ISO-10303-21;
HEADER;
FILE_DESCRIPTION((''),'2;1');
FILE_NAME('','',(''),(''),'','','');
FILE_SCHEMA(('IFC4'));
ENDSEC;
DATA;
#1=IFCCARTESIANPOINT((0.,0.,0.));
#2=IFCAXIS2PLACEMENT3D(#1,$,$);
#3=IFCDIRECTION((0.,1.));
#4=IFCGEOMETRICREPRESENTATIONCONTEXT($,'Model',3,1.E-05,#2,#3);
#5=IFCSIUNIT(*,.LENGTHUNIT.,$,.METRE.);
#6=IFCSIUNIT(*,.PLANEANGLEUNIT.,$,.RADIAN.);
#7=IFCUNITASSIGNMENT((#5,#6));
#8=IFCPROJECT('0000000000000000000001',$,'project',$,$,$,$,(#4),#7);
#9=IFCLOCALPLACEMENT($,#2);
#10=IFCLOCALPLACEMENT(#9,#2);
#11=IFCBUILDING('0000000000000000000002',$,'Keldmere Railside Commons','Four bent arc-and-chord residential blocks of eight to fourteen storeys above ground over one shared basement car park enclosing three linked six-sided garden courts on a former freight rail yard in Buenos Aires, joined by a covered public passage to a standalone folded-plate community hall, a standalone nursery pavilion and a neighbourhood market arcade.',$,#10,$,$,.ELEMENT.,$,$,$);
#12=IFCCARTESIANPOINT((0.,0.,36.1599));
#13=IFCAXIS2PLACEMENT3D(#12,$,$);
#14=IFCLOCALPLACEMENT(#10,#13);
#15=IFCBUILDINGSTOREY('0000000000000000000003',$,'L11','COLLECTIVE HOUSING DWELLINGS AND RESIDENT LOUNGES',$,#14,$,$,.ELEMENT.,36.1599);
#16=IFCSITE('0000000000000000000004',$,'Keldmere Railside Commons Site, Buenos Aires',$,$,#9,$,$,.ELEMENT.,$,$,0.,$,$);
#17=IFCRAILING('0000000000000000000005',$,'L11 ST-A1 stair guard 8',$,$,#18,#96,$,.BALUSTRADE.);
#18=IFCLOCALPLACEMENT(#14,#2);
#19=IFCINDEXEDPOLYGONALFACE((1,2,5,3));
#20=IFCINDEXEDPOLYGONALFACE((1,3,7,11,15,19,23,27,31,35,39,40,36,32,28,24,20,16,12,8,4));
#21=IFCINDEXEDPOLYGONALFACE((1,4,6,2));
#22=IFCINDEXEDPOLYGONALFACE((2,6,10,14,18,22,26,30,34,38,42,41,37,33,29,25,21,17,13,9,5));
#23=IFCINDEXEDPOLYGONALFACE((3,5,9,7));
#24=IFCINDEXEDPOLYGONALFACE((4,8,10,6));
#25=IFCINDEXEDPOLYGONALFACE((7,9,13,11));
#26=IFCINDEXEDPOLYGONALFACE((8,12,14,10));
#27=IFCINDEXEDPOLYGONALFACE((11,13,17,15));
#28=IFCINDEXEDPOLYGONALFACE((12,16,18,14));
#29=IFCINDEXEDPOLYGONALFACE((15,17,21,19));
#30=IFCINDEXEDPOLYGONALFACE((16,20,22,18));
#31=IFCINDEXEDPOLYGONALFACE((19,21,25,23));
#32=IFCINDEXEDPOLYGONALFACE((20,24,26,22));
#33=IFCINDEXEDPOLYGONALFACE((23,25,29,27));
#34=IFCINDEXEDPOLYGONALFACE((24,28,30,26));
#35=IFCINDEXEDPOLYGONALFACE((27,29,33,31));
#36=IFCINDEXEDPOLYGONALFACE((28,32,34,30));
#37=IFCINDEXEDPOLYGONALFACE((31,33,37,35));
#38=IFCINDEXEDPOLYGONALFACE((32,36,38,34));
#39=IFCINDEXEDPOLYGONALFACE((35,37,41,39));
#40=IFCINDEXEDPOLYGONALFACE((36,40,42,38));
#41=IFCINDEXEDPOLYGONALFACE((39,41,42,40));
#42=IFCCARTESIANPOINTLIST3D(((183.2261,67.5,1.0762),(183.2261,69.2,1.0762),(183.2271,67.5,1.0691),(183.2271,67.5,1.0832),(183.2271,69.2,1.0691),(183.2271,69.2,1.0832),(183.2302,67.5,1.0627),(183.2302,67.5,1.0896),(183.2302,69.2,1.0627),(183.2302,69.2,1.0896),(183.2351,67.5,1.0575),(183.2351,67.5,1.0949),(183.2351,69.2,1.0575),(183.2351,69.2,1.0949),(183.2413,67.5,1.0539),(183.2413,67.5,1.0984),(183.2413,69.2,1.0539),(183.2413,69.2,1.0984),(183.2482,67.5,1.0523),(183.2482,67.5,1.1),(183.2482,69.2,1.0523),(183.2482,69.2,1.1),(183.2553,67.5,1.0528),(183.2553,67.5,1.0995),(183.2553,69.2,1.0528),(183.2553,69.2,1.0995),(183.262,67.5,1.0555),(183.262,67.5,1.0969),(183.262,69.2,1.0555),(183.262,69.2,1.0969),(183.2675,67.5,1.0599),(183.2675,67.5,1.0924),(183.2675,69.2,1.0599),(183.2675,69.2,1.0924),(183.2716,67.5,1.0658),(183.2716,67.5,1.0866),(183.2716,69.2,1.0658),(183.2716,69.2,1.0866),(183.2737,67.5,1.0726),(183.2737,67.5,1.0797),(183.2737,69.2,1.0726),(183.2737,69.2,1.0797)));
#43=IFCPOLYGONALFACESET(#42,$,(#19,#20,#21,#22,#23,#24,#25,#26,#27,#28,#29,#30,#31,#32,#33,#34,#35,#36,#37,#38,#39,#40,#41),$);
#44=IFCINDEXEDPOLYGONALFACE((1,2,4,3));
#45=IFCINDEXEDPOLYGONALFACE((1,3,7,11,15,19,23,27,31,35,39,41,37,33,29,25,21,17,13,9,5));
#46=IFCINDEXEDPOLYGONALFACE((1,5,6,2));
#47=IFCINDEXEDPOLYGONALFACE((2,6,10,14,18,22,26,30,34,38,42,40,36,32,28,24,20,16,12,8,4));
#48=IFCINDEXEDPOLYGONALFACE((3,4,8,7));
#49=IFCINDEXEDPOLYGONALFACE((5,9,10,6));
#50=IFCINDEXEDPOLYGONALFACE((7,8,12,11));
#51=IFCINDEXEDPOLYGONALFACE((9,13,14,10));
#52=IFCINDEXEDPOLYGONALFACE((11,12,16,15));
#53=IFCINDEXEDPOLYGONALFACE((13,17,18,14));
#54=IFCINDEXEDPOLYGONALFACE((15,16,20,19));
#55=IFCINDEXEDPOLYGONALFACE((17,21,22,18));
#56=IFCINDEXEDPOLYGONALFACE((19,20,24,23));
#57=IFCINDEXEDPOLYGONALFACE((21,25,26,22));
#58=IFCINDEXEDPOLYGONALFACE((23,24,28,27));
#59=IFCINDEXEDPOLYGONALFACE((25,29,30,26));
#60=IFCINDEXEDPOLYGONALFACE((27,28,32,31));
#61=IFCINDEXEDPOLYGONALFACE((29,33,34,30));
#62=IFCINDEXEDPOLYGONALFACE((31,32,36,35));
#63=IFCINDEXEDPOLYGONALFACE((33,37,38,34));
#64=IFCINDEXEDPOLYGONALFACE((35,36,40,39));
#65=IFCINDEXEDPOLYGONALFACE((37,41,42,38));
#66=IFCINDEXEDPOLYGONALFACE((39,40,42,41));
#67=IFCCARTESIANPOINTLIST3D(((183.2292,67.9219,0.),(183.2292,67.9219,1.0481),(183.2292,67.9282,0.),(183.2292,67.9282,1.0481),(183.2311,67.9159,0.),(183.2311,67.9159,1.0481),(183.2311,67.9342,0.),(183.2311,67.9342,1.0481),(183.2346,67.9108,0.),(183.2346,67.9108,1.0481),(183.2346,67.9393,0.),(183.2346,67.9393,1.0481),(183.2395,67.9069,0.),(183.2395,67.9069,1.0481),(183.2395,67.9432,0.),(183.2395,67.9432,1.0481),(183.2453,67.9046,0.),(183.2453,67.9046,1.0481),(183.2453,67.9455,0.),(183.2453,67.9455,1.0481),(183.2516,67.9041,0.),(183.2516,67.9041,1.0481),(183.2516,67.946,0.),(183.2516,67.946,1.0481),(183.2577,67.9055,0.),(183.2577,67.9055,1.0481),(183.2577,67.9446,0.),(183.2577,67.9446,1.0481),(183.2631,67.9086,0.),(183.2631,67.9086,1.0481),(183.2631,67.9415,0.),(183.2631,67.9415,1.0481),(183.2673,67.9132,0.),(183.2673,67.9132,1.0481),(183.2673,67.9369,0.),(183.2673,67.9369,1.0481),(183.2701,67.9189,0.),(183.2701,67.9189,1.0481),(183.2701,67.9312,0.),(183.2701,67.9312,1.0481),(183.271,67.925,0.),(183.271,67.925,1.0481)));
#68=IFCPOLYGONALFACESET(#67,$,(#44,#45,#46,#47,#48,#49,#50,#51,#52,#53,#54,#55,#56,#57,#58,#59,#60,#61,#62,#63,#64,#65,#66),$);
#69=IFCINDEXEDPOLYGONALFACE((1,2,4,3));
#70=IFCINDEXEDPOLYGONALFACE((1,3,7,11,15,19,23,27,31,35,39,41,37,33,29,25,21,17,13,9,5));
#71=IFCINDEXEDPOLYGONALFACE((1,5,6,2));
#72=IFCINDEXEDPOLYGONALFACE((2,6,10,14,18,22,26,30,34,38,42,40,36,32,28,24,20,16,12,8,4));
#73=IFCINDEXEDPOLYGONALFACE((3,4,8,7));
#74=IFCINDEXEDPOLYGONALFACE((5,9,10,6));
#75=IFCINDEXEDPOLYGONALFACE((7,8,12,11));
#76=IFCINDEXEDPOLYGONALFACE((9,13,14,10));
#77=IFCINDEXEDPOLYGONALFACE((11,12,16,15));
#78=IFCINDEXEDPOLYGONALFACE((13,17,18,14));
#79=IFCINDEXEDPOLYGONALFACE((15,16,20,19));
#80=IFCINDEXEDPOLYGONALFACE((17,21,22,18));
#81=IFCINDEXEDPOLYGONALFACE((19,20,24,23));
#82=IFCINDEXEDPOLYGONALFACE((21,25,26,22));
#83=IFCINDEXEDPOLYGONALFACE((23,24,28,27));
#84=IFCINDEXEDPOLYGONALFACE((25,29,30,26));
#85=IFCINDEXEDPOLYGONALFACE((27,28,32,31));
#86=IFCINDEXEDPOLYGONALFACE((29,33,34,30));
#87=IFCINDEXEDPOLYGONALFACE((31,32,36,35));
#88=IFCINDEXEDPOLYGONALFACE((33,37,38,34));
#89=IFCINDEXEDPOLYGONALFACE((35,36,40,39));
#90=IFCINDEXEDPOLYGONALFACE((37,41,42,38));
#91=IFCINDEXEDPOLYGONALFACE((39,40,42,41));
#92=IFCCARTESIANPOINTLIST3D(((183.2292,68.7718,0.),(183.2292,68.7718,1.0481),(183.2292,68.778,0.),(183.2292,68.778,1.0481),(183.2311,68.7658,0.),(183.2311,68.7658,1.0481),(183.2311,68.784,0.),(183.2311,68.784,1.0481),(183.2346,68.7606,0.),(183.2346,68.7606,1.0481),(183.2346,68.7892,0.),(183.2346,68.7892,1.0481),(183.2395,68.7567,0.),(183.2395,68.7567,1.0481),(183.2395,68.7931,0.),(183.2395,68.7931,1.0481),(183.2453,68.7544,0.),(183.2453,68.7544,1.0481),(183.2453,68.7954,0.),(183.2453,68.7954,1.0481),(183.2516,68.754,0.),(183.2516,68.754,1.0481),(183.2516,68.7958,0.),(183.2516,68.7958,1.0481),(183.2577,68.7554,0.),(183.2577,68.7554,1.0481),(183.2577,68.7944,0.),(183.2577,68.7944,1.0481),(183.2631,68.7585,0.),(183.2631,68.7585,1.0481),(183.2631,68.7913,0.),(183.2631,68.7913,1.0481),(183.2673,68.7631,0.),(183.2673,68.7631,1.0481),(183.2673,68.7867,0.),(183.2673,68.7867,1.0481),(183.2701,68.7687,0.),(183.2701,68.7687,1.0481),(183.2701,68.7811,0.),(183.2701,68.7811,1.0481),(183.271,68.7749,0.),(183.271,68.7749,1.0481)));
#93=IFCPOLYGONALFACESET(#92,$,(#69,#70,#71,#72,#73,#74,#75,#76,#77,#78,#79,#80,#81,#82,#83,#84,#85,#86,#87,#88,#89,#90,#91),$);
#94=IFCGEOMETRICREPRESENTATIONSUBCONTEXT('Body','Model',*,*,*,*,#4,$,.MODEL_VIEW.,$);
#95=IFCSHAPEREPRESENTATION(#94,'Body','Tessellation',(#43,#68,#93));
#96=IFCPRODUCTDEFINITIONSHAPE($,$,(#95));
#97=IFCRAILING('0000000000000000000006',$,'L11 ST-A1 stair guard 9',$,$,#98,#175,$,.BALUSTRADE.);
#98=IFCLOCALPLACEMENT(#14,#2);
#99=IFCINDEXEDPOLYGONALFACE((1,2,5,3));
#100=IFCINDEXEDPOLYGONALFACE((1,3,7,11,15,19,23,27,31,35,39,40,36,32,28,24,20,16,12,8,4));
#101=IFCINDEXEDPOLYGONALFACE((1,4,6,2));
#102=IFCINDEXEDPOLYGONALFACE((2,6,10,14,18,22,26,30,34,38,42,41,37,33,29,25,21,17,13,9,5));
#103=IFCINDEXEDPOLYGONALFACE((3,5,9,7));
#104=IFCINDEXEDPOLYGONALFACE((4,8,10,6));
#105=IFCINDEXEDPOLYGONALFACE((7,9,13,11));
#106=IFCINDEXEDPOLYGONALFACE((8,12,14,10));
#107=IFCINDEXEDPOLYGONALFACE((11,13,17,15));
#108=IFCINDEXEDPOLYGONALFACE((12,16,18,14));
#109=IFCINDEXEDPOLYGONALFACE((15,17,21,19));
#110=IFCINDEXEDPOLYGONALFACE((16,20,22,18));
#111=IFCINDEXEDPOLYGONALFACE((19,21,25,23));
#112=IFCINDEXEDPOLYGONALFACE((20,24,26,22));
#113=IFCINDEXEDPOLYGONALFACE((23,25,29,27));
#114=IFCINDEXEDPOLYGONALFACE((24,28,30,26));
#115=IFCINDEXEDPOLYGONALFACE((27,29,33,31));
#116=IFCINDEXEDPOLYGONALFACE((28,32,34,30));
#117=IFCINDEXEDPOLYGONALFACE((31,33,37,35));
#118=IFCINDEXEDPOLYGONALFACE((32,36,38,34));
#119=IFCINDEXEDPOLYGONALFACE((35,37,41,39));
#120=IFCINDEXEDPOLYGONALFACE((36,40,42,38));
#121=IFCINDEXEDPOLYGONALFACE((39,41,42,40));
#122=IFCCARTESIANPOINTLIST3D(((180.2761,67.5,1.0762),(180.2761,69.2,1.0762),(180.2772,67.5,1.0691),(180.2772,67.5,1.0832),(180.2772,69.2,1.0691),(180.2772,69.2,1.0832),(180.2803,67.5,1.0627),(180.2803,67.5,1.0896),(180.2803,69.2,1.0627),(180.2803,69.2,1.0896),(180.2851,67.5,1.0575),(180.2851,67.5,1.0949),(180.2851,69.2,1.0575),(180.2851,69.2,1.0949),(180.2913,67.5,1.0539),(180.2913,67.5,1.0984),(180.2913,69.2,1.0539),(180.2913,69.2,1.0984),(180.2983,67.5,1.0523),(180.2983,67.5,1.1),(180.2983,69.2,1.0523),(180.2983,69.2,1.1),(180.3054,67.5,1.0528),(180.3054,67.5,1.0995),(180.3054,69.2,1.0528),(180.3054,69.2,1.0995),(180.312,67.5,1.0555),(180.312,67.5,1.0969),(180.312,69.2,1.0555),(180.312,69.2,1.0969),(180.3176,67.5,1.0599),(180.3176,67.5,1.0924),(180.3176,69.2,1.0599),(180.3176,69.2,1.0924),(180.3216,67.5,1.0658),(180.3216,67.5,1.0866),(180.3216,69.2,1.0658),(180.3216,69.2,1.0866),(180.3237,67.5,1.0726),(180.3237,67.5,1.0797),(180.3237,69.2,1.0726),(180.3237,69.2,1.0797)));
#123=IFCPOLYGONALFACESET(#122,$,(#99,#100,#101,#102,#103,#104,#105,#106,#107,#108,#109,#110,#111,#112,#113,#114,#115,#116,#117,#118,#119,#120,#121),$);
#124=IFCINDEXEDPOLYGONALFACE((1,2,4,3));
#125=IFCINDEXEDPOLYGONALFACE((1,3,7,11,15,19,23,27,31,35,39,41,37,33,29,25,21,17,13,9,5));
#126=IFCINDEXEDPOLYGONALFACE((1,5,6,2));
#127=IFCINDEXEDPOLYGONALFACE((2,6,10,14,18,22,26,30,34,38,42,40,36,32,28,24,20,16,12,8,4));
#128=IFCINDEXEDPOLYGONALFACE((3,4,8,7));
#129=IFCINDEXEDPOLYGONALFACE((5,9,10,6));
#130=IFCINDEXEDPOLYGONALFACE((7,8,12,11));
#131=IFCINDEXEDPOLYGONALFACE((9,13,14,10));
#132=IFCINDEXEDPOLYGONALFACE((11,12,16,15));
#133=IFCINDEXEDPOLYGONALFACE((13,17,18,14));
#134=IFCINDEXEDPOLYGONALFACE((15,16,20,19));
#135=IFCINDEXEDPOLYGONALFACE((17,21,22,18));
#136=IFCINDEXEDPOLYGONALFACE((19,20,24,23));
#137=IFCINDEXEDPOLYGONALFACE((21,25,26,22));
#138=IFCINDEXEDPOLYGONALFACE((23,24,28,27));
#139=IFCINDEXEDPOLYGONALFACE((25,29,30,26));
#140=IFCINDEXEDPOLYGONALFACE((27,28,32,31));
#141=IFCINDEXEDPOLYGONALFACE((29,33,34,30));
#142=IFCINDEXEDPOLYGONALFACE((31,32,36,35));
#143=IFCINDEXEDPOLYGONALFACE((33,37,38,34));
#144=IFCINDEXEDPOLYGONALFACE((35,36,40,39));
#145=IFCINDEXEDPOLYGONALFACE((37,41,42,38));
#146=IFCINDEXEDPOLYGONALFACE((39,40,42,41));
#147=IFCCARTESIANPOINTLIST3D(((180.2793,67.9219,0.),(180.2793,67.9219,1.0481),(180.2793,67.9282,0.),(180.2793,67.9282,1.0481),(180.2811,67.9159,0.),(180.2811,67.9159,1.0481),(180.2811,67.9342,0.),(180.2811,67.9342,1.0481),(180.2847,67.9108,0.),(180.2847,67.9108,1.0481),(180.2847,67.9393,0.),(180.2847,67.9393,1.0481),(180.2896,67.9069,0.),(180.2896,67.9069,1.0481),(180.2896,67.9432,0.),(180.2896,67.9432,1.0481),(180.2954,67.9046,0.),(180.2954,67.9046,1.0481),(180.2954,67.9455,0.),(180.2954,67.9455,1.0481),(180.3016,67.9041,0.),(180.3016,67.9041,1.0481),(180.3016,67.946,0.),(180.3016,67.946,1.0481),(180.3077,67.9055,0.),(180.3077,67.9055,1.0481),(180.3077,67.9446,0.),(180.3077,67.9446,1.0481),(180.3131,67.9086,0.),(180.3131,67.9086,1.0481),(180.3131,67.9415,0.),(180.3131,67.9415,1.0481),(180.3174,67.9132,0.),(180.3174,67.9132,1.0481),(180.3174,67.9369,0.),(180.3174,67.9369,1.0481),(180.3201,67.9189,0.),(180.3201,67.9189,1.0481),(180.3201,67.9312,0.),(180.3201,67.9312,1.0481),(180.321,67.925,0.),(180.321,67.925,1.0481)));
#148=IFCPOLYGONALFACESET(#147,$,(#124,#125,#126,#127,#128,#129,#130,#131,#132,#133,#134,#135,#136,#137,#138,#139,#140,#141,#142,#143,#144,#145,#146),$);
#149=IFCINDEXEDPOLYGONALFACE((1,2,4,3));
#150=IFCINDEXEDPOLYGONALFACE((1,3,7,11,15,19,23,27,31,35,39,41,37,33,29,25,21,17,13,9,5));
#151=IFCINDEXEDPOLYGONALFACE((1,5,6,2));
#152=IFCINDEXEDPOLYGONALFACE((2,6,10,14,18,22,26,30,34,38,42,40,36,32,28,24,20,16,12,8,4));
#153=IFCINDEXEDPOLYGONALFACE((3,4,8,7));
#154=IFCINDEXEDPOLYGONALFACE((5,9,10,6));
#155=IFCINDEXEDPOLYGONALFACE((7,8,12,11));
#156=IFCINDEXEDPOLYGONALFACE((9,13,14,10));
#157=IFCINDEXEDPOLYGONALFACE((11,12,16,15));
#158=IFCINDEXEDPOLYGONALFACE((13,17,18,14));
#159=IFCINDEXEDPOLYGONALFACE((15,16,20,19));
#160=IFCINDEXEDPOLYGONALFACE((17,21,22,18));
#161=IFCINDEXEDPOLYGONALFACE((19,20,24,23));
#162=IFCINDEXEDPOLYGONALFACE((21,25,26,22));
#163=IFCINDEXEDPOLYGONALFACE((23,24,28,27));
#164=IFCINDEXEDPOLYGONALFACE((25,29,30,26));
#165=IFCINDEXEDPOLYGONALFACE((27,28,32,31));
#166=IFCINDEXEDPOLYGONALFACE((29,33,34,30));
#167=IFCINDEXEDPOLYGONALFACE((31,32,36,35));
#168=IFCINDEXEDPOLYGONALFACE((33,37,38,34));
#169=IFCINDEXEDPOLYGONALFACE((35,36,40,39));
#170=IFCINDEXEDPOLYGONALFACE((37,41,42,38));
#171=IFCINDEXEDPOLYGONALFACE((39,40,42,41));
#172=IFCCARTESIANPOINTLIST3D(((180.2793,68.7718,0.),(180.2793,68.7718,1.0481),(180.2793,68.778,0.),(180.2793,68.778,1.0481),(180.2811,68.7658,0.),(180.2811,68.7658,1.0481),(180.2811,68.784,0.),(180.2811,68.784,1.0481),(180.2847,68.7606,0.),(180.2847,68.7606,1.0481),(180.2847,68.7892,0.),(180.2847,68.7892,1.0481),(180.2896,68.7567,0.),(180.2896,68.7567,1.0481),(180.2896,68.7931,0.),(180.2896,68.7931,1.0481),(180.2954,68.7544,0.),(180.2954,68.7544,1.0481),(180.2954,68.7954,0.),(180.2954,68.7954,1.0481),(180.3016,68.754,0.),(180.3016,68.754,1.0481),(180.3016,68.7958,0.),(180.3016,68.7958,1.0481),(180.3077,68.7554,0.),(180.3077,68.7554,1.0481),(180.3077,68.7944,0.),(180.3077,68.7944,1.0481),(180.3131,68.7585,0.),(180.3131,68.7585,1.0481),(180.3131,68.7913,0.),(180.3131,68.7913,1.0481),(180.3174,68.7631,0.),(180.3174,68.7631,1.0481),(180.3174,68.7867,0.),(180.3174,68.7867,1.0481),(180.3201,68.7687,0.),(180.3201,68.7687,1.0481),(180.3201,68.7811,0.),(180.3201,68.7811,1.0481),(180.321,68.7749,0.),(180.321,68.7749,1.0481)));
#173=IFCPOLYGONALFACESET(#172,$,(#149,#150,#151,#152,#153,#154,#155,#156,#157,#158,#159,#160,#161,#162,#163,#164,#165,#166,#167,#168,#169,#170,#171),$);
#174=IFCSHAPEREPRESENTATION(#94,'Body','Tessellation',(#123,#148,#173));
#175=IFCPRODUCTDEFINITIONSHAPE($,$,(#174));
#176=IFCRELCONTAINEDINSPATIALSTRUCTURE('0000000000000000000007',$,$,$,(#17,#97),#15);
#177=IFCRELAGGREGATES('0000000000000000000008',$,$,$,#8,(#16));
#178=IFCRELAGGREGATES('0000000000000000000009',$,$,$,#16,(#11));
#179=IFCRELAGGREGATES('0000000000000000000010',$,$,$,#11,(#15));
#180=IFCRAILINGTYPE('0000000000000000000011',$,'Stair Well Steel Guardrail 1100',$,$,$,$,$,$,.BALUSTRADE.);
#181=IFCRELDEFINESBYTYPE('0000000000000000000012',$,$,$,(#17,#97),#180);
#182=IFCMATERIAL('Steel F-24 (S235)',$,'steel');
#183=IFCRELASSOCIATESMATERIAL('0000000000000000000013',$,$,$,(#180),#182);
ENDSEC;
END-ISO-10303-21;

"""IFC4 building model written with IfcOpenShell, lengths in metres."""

from ifc_helpers import new_model, si_unit, direction, frame, origin, origin_2d, place, context, subcontext, project, spatial, circle, extrude, material, type_object, element, save


model = new_model("IFC4")

# Units and contexts
model_context = context("Model", 3, precision=1e-05, world=origin(), true_north=direction((0.0, 1.0)))
body_context = subcontext(model_context, "Body", "Model", "MODEL_VIEW")
ifc_project = project(units=[si_unit("LENGTHUNIT", "METRE"), si_unit("PLANEANGLEUNIT", "RADIAN")], contexts=[model_context])

# Site, building, storey
site_placement = place(None, origin())
site = spatial("IfcSite", under=ifc_project, at=site_placement, Name="Keldmere Railside Commons Site, Buenos Aires", CompositionType="ELEMENT", RefElevation=0.0)
building_placement = place(site_placement, origin())
building = spatial("IfcBuilding", under=site, at=building_placement, Name="Keldmere Railside Commons", Description="Four bent arc-and-chord residential blocks of eight to fourteen storeys above ground over one shared basement car park enclosing three linked six-sided garden courts on a former freight rail yard in Buenos Aires, joined by a covered public passage to a standalone folded-plate community hall, a standalone nursery pavilion and a neighbourhood market arcade.", CompositionType="ELEMENT")
storey_placement = place(building_placement, frame((0.0, 0.0, 36.1599)))
storey = spatial("IfcBuildingStorey", under=building, at=storey_placement, Name="L11", Description="COLLECTIVE HOUSING DWELLINGS AND RESIDENT LOUNGES", CompositionType="ELEMENT", Elevation=36.1599)

# Shared definitions
ifc_material_1 = material(Name="Steel F-24 (S235)", Category="steel")

# Railings
railing_type_1 = type_object("IfcRailingType", Name="Stair Well Steel Guardrail 1100", PredefinedType="BALUSTRADE", material=ifc_material_1)
for number, where, name in (
    (1, (183.25, 67.5, 0.0), "L11 ST-A1 stair guard 8"),
    (2, (180.3, 67.5, 0.0), "L11 ST-A1 stair guard 9"),
):
    element("IfcRailing", number, at=place(storey_placement, frame(where)), inside=storey, type_object=railing_type_1, Name=name, PredefinedType="BALUSTRADE", context=body_context, shape_type="SweptSolid", body=[
        extrude(circle(Radius=0.0239, at=origin_2d()), frame((0.0, 0.0, 1.0762), z_axis=(0.0, 1.0, 0.0), x_axis=(-1.0, 0.0, 0.0)), (0.0, 0.0, 1.0), 1.7),
        extrude(circle(Radius=0.021, at=origin_2d()), frame((0.0, 0.425, 0.0)), (0.0, 0.0, 1.0), 1.0481),
        extrude(circle(Radius=0.021, at=origin_2d()), frame((0.0, 1.2749, 0.0)), (0.0, 0.0, 1.0), 1.0481),
    ])

save(model, "model.ifc")
